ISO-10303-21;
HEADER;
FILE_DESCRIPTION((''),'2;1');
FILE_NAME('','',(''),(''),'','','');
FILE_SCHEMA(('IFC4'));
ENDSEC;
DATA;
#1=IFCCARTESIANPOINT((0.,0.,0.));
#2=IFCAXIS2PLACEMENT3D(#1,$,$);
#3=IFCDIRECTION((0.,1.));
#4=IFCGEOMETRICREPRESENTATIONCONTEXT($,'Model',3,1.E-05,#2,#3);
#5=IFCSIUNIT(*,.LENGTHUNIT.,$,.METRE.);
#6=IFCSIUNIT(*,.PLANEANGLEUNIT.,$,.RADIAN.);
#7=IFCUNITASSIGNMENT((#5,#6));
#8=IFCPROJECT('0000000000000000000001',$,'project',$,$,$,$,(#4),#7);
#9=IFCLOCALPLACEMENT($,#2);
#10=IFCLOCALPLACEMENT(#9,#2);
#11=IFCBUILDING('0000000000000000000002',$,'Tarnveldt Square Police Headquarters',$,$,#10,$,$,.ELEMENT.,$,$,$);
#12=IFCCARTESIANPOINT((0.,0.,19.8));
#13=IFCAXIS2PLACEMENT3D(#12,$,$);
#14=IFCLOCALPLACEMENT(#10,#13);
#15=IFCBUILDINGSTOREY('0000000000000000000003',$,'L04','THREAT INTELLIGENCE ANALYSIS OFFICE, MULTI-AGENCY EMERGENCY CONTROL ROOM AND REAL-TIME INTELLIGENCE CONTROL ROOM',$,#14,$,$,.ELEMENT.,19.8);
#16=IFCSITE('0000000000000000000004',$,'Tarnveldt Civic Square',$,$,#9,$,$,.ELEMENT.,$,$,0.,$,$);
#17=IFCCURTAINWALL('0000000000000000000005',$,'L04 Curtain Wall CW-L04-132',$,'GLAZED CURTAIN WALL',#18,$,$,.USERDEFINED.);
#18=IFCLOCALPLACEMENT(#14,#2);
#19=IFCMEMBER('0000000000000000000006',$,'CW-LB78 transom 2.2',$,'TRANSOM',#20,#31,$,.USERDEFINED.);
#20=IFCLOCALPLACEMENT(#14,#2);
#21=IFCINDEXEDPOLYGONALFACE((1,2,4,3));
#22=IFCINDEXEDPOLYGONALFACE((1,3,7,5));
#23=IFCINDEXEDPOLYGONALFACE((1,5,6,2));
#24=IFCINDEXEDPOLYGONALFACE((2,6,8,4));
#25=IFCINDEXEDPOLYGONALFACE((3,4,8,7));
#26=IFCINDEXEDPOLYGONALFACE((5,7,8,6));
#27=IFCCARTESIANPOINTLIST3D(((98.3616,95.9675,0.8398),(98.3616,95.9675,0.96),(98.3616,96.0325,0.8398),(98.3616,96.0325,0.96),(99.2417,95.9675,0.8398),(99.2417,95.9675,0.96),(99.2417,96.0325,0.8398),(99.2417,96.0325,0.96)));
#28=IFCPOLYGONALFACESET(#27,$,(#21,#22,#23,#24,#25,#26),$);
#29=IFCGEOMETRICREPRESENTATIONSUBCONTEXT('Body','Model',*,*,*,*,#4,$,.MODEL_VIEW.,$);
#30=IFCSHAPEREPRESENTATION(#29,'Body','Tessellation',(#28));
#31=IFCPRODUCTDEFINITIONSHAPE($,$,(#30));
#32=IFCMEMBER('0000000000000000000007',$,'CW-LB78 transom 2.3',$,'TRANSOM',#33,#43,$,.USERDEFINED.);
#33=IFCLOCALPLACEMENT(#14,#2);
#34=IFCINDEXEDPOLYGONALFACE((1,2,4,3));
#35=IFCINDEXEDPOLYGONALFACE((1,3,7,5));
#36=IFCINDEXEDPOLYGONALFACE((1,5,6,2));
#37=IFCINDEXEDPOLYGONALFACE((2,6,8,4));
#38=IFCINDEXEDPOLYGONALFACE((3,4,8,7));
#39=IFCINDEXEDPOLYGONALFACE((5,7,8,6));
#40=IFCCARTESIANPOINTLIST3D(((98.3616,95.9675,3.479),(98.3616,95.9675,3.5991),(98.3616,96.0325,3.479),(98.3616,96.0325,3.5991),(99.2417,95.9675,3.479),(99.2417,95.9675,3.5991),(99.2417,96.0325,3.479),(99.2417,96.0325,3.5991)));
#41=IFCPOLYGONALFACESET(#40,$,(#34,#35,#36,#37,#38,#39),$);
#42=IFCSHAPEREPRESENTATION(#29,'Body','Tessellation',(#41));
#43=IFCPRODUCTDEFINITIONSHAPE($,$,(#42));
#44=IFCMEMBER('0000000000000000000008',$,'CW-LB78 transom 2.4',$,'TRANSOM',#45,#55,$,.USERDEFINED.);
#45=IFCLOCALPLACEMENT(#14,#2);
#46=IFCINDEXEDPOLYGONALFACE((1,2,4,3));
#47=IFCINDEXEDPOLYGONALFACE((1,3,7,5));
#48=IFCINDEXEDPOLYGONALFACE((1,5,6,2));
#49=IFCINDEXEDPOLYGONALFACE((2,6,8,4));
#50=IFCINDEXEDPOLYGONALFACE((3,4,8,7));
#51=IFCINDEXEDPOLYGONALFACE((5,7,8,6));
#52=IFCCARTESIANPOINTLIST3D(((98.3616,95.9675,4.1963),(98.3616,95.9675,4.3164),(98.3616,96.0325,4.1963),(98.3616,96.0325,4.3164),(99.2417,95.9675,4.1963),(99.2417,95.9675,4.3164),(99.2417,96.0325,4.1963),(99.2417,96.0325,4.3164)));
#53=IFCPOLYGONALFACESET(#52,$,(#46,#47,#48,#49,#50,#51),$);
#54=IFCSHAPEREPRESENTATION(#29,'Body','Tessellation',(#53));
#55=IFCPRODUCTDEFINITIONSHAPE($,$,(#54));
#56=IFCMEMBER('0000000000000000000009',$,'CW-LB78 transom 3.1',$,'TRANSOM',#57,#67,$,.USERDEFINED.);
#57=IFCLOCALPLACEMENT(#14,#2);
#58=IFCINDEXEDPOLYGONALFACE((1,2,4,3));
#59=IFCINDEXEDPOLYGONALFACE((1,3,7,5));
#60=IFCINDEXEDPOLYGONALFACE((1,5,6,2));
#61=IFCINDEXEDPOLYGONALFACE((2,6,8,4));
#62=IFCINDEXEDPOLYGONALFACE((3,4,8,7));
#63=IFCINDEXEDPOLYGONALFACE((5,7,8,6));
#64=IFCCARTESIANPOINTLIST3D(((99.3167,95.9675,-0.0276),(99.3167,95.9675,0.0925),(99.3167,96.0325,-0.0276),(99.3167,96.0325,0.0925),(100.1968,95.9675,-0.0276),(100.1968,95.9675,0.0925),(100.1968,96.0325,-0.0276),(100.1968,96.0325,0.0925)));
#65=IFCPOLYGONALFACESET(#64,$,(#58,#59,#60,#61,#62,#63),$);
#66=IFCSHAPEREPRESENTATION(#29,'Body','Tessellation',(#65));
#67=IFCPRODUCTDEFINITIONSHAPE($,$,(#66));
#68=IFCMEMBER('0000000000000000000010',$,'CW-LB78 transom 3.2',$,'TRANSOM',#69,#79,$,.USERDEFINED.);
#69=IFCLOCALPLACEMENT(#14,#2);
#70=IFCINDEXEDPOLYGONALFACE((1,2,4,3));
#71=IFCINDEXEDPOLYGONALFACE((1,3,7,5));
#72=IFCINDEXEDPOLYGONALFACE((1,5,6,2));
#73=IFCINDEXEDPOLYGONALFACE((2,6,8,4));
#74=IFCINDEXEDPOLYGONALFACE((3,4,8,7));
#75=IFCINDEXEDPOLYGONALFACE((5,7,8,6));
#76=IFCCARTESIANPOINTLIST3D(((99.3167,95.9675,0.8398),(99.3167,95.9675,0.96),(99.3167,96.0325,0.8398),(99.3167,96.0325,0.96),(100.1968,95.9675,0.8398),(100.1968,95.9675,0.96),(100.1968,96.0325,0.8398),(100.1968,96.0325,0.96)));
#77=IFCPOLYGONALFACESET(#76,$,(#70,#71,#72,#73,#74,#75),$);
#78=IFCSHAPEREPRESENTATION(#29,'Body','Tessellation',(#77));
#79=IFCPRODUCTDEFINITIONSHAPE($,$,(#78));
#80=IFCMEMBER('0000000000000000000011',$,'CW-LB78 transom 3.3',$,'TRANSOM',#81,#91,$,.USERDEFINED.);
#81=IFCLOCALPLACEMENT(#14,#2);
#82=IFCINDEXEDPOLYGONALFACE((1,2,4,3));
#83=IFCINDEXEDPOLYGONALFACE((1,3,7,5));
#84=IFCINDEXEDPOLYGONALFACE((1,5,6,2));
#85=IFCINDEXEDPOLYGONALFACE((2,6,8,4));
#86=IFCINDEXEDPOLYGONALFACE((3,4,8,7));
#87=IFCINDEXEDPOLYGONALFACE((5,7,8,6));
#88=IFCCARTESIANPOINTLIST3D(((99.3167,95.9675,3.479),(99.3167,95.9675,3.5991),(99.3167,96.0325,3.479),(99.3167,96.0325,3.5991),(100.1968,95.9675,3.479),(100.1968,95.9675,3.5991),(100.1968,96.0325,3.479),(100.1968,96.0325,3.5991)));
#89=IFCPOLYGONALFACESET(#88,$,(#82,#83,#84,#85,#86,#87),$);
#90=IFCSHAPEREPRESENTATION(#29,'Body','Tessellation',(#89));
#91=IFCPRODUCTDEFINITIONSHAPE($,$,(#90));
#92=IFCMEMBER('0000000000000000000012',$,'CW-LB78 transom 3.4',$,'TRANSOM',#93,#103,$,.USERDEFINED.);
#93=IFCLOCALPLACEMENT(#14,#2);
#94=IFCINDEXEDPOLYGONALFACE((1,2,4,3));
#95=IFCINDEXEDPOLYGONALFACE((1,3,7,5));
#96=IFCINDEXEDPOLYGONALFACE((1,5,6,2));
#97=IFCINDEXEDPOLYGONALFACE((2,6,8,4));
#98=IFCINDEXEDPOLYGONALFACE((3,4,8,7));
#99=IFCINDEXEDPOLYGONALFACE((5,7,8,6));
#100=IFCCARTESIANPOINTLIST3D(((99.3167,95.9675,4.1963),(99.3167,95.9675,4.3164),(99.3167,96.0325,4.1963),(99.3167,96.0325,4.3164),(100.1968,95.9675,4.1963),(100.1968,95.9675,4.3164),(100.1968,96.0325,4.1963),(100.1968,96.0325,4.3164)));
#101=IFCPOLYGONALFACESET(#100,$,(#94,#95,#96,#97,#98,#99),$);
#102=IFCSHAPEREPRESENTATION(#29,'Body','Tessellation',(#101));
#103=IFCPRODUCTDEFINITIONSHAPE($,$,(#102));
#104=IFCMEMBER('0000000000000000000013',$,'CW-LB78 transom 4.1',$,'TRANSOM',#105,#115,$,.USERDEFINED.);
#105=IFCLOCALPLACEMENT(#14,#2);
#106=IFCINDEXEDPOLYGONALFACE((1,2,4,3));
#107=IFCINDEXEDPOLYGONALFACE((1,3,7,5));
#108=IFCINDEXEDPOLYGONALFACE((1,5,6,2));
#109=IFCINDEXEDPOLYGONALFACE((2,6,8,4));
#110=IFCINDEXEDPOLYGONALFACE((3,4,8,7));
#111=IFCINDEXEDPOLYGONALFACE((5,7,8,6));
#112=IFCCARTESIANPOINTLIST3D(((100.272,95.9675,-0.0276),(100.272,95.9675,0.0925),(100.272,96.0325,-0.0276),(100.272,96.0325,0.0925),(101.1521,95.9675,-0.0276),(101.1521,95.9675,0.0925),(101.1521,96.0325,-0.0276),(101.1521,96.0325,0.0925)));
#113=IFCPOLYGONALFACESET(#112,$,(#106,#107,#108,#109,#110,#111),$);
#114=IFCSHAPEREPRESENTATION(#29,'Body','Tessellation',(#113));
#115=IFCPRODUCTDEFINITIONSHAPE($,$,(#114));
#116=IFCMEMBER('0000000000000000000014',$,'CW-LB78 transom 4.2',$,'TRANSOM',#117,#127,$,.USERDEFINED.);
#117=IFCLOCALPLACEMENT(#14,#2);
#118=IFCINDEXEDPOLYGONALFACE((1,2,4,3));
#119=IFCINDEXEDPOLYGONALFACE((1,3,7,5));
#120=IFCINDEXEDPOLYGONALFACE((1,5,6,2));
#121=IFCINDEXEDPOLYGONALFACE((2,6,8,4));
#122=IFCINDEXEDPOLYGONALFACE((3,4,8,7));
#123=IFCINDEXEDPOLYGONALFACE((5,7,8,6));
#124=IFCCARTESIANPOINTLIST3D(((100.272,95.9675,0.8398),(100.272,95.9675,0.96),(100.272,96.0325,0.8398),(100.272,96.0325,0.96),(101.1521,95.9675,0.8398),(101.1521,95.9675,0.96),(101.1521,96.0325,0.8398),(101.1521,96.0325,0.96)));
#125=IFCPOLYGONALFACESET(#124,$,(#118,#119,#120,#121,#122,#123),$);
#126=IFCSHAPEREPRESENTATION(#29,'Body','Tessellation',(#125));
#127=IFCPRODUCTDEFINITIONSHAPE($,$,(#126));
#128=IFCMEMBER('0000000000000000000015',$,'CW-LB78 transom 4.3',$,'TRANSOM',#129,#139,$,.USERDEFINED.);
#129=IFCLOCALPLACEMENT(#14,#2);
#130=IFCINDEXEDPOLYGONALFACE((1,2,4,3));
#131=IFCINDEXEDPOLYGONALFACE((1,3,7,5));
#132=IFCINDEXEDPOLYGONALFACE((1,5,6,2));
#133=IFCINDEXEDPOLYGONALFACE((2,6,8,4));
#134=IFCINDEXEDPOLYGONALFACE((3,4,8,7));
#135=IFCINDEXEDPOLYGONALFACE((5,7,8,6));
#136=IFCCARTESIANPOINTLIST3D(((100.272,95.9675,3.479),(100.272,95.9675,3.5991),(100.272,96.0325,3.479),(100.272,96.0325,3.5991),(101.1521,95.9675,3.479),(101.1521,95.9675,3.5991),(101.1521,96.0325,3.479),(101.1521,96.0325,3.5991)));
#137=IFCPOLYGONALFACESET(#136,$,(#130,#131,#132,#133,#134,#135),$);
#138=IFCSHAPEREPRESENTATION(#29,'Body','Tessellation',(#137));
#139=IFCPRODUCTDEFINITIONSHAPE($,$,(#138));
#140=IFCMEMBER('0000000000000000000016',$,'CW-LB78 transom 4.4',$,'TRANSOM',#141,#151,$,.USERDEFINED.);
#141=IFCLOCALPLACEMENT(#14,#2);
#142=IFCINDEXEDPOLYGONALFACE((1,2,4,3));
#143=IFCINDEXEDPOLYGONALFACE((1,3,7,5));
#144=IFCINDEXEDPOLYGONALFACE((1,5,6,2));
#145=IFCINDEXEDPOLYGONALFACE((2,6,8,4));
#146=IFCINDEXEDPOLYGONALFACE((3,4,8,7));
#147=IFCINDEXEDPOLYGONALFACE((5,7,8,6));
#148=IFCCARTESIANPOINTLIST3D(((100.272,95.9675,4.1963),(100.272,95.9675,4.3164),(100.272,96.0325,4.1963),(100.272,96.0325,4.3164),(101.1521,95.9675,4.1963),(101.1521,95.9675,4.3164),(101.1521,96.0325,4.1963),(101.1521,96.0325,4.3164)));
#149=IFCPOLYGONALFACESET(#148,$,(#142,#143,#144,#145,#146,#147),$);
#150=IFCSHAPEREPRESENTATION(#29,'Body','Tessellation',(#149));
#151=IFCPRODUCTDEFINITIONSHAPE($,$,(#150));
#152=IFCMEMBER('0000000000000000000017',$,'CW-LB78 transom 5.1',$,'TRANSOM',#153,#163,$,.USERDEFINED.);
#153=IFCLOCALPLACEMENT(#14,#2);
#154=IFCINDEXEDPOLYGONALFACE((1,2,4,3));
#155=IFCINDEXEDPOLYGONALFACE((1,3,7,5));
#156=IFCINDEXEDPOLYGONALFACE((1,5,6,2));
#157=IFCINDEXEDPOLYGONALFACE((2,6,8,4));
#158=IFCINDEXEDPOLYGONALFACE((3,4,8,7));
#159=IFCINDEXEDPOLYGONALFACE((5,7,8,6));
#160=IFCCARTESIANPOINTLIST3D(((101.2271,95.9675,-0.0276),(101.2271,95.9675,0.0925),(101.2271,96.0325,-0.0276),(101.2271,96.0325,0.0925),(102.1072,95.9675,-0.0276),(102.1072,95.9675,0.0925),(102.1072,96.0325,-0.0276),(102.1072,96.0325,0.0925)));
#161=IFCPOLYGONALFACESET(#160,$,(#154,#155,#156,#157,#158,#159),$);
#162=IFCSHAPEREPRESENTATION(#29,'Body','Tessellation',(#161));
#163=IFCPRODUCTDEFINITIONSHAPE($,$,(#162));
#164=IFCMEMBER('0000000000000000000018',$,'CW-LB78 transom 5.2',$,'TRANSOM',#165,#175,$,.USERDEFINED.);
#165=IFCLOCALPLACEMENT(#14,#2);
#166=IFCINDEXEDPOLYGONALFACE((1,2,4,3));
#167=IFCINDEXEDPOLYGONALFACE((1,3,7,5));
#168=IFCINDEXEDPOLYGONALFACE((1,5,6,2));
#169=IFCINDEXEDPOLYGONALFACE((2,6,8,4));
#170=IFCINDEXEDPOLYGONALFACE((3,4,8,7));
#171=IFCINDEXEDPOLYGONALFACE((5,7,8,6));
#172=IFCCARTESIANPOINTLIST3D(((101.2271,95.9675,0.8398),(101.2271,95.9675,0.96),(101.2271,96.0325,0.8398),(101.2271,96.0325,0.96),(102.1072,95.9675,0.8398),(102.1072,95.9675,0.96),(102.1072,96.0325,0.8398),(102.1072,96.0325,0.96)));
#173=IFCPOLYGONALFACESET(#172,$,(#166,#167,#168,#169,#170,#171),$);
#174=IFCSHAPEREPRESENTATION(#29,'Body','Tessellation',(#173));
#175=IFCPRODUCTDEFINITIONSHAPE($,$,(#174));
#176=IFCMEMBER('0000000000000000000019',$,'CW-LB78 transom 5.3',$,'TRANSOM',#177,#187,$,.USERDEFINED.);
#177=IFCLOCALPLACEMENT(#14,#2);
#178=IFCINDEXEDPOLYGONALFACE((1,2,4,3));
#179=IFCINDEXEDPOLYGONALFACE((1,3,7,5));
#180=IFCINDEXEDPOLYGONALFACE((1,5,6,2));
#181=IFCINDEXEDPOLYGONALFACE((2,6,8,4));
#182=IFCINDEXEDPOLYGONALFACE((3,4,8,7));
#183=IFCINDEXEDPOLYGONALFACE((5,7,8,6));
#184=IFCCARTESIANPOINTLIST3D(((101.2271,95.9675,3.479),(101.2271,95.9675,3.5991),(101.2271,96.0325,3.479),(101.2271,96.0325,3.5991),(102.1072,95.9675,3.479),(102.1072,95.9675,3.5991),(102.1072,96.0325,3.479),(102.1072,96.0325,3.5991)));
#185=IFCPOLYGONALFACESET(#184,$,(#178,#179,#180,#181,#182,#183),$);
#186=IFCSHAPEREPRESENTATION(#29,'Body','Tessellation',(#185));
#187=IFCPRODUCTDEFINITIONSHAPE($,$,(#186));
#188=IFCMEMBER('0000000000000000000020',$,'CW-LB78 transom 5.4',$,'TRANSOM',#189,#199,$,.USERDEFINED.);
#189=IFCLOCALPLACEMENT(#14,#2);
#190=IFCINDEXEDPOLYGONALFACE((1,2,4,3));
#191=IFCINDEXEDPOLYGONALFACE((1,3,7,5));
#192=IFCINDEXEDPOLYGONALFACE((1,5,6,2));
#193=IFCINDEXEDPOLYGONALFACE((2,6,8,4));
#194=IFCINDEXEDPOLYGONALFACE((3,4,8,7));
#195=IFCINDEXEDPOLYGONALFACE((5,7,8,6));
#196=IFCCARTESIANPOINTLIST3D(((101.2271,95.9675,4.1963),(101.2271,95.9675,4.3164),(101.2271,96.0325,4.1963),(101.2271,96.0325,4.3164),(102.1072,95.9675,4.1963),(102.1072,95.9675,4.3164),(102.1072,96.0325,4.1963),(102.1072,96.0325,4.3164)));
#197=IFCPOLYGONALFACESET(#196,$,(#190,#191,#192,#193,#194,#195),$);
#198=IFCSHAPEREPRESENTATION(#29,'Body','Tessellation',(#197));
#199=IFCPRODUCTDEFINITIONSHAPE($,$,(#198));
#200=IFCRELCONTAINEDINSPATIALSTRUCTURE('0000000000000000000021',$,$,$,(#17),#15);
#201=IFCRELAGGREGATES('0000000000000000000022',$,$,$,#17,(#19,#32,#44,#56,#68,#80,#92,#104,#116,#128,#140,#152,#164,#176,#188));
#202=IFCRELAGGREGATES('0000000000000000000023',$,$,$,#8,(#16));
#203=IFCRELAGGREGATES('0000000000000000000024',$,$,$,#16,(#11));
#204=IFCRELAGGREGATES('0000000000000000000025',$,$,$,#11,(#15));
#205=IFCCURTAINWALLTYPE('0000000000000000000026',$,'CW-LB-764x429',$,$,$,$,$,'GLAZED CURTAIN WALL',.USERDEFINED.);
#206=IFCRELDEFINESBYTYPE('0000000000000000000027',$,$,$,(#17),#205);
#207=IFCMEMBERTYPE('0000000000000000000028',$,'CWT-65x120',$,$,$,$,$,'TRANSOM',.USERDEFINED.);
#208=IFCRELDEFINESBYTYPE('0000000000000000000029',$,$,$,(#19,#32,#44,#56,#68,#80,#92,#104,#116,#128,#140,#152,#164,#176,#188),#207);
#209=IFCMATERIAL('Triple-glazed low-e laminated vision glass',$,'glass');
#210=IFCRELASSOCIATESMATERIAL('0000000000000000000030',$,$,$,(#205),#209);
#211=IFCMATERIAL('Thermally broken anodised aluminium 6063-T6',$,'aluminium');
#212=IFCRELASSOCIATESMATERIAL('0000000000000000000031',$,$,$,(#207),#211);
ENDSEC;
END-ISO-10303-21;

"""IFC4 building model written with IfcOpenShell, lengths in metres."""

from ifc_helpers import new_model, si_unit, direction, frame, origin, origin_2d, place, context, subcontext, project, spatial, rectangle, extrude, material, material_profile, profile_set, type_object, element, aggregate, save


model = new_model("IFC4")

# Units and contexts
model_context = context("Model", 3, precision=1e-05, world=origin(), true_north=direction((0.0, 1.0)))
body_context = subcontext(model_context, "Body", "Model", "MODEL_VIEW")
ifc_project = project(units=[si_unit("LENGTHUNIT", "METRE"), si_unit("PLANEANGLEUNIT", "RADIAN")], contexts=[model_context])

# Site, building, storey
site_placement = place(None, origin())
site = spatial("IfcSite", under=ifc_project, at=site_placement, Name="Tarnveldt Civic Square", CompositionType="ELEMENT", RefElevation=0.0)
building_placement = place(site_placement, origin())
building = spatial("IfcBuilding", under=site, at=building_placement, Name="Tarnveldt Square Police Headquarters", CompositionType="ELEMENT")
storey_placement = place(building_placement, frame((0.0, 0.0, 19.8)))
storey = spatial("IfcBuildingStorey", under=building, at=storey_placement, Name="L04", Description="THREAT INTELLIGENCE ANALYSIS OFFICE, MULTI-AGENCY EMERGENCY CONTROL ROOM AND REAL-TIME INTELLIGENCE CONTROL ROOM", CompositionType="ELEMENT", Elevation=19.8)

# Curtain wall, members
ifc_material_1 = material(Name="Triple-glazed low-e laminated vision glass", Category="glass")
curtain_wall_type = type_object("IfcCurtainWallType", Name="CW-LB-764x429", ElementType="GLAZED CURTAIN WALL", PredefinedType="USERDEFINED", material=ifc_material_1)
curtain_wall_placement = place(storey_placement, origin())
curtain_wall = element("IfcCurtainWall", 1, at=curtain_wall_placement, inside=storey, type_object=curtain_wall_type, Name="L04 Curtain Wall CW-L04-132", ObjectType="GLAZED CURTAIN WALL", PredefinedType="USERDEFINED")
ifc_material_2 = material(Name="Thermally broken anodised aluminium 6063-T6", Category="aluminium")
ifc_material_profile_1 = material_profile(ifc_material_2, rectangle(XDim=0.0649, YDim=0.1201, at=origin_2d()), Name="CW-T65x120")
ifc_profile_set_1 = profile_set([ifc_material_profile_1], Name="Thermally broken anodised aluminium 6063-T6")
member_type_1 = type_object("IfcMemberType", Name="CWT-65x120", ElementType="TRANSOM", PredefinedType="USERDEFINED", material=ifc_profile_set_1)
member_1_placement = place(storey_placement, frame((98.3616, 96.0, 0.8999), z_axis=(1.0, 0.0, 0.0), x_axis=(0.0, 1.0, 0.0)))
member_1 = element("IfcMember", 2, at=member_1_placement, type_object=member_type_1, Name="CW-LB78 transom 2.2", ObjectType="TRANSOM", PredefinedType="USERDEFINED", context=body_context, shape_type="SweptSolid", body=[
    extrude(rectangle(XDim=0.0649, YDim=0.1201, at=origin_2d()), origin(), (0.0, 0.0, 1.0), 0.8801),
])
member_2_placement = place(storey_placement, frame((98.3616, 96.0, 3.5391), z_axis=(1.0, 0.0, 0.0), x_axis=(0.0, 1.0, 0.0)))
member_2 = element("IfcMember", 3, at=member_2_placement, type_object=member_type_1, Name="CW-LB78 transom 2.3", ObjectType="TRANSOM", PredefinedType="USERDEFINED", context=body_context, shape_type="SweptSolid", body=[
    extrude(rectangle(XDim=0.0649, YDim=0.1201, at=origin_2d()), origin(), (0.0, 0.0, 1.0), 0.8801),
])
member_3_placement = place(storey_placement, frame((98.3616, 96.0, 4.2563), z_axis=(1.0, 0.0, 0.0), x_axis=(0.0, 1.0, 0.0)))
member_3 = element("IfcMember", 4, at=member_3_placement, type_object=member_type_1, Name="CW-LB78 transom 2.4", ObjectType="TRANSOM", PredefinedType="USERDEFINED", context=body_context, shape_type="SweptSolid", body=[
    extrude(rectangle(XDim=0.0649, YDim=0.1201, at=origin_2d()), origin(), (0.0, 0.0, 1.0), 0.8801),
])
member_4_placement = place(storey_placement, frame((99.3167, 96.0, 0.0325), z_axis=(1.0, 0.0, 0.0), x_axis=(0.0, 1.0, 0.0)))
member_4 = element("IfcMember", 5, at=member_4_placement, type_object=member_type_1, Name="CW-LB78 transom 3.1", ObjectType="TRANSOM", PredefinedType="USERDEFINED", context=body_context, shape_type="SweptSolid", body=[
    extrude(rectangle(XDim=0.0649, YDim=0.1201, at=origin_2d()), origin(), (0.0, 0.0, 1.0), 0.8801),
])
member_5_placement = place(storey_placement, frame((99.3167, 96.0, 0.8999), z_axis=(1.0, 0.0, 0.0), x_axis=(0.0, 1.0, 0.0)))
member_5 = element("IfcMember", 6, at=member_5_placement, type_object=member_type_1, Name="CW-LB78 transom 3.2", ObjectType="TRANSOM", PredefinedType="USERDEFINED", context=body_context, shape_type="SweptSolid", body=[
    extrude(rectangle(XDim=0.0649, YDim=0.1201, at=origin_2d()), origin(), (0.0, 0.0, 1.0), 0.8801),
])
member_6_placement = place(storey_placement, frame((99.3167, 96.0, 3.5391), z_axis=(1.0, 0.0, 0.0), x_axis=(0.0, 1.0, 0.0)))
member_6 = element("IfcMember", 7, at=member_6_placement, type_object=member_type_1, Name="CW-LB78 transom 3.3", ObjectType="TRANSOM", PredefinedType="USERDEFINED", context=body_context, shape_type="SweptSolid", body=[
    extrude(rectangle(XDim=0.0649, YDim=0.1201, at=origin_2d()), origin(), (0.0, 0.0, 1.0), 0.8801),
])
member_7_placement = place(storey_placement, frame((99.3167, 96.0, 4.2563), z_axis=(1.0, 0.0, 0.0), x_axis=(0.0, 1.0, 0.0)))
member_7 = element("IfcMember", 8, at=member_7_placement, type_object=member_type_1, Name="CW-LB78 transom 3.4", ObjectType="TRANSOM", PredefinedType="USERDEFINED", context=body_context, shape_type="SweptSolid", body=[
    extrude(rectangle(XDim=0.0649, YDim=0.1201, at=origin_2d()), origin(), (0.0, 0.0, 1.0), 0.8801),
])
member_8_placement = place(storey_placement, frame((100.272, 96.0, 0.0325), z_axis=(1.0, 0.0, 0.0), x_axis=(0.0, 1.0, 0.0)))
member_8 = element("IfcMember", 9, at=member_8_placement, type_object=member_type_1, Name="CW-LB78 transom 4.1", ObjectType="TRANSOM", PredefinedType="USERDEFINED", context=body_context, shape_type="SweptSolid", body=[
    extrude(rectangle(XDim=0.0649, YDim=0.1201, at=origin_2d()), origin(), (0.0, 0.0, 1.0), 0.8801),
])
member_9_placement = place(storey_placement, frame((100.272, 96.0, 0.8999), z_axis=(1.0, 0.0, 0.0), x_axis=(0.0, 1.0, 0.0)))
member_9 = element("IfcMember", 10, at=member_9_placement, type_object=member_type_1, Name="CW-LB78 transom 4.2", ObjectType="TRANSOM", PredefinedType="USERDEFINED", context=body_context, shape_type="SweptSolid", body=[
    extrude(rectangle(XDim=0.0649, YDim=0.1201, at=origin_2d()), origin(), (0.0, 0.0, 1.0), 0.8801),
])
member_10_placement = place(storey_placement, frame((100.272, 96.0, 3.5391), z_axis=(1.0, 0.0, 0.0), x_axis=(0.0, 1.0, 0.0)))
member_10 = element("IfcMember", 11, at=member_10_placement, type_object=member_type_1, Name="CW-LB78 transom 4.3", ObjectType="TRANSOM", PredefinedType="USERDEFINED", context=body_context, shape_type="SweptSolid", body=[
    extrude(rectangle(XDim=0.0649, YDim=0.1201, at=origin_2d()), origin(), (0.0, 0.0, 1.0), 0.8801),
])
member_11_placement = place(storey_placement, frame((100.272, 96.0, 4.2563), z_axis=(1.0, 0.0, 0.0), x_axis=(0.0, 1.0, 0.0)))
member_11 = element("IfcMember", 12, at=member_11_placement, type_object=member_type_1, Name="CW-LB78 transom 4.4", ObjectType="TRANSOM", PredefinedType="USERDEFINED", context=body_context, shape_type="SweptSolid", body=[
    extrude(rectangle(XDim=0.0649, YDim=0.1201, at=origin_2d()), origin(), (0.0, 0.0, 1.0), 0.8801),
])
member_12_placement = place(storey_placement, frame((101.2271, 96.0, 0.0325), z_axis=(1.0, 0.0, 0.0), x_axis=(0.0, 1.0, 0.0)))
member_12 = element("IfcMember", 13, at=member_12_placement, type_object=member_type_1, Name="CW-LB78 transom 5.1", ObjectType="TRANSOM", PredefinedType="USERDEFINED", context=body_context, shape_type="SweptSolid", body=[
    extrude(rectangle(XDim=0.0649, YDim=0.1201, at=origin_2d()), origin(), (0.0, 0.0, 1.0), 0.8801),
])
member_13_placement = place(storey_placement, frame((101.2271, 96.0, 0.8999), z_axis=(1.0, 0.0, 0.0), x_axis=(0.0, 1.0, 0.0)))
member_13 = element("IfcMember", 14, at=member_13_placement, type_object=member_type_1, Name="CW-LB78 transom 5.2", ObjectType="TRANSOM", PredefinedType="USERDEFINED", context=body_context, shape_type="SweptSolid", body=[
    extrude(rectangle(XDim=0.0649, YDim=0.1201, at=origin_2d()), origin(), (0.0, 0.0, 1.0), 0.8801),
])
member_14_placement = place(storey_placement, frame((101.2271, 96.0, 3.5391), z_axis=(1.0, 0.0, 0.0), x_axis=(0.0, 1.0, 0.0)))
member_14 = element("IfcMember", 15, at=member_14_placement, type_object=member_type_1, Name="CW-LB78 transom 5.3", ObjectType="TRANSOM", PredefinedType="USERDEFINED", context=body_context, shape_type="SweptSolid", body=[
    extrude(rectangle(XDim=0.0649, YDim=0.1201, at=origin_2d()), origin(), (0.0, 0.0, 1.0), 0.8801),
])
member_15_placement = place(storey_placement, frame((101.2271, 96.0, 4.2563), z_axis=(1.0, 0.0, 0.0), x_axis=(0.0, 1.0, 0.0)))
member_15 = element("IfcMember", 16, at=member_15_placement, type_object=member_type_1, Name="CW-LB78 transom 5.4", ObjectType="TRANSOM", PredefinedType="USERDEFINED", context=body_context, shape_type="SweptSolid", body=[
    extrude(rectangle(XDim=0.0649, YDim=0.1201, at=origin_2d()), origin(), (0.0, 0.0, 1.0), 0.8801),
])
aggregate(curtain_wall, [member_1, member_2, member_3, member_4, member_5, member_6, member_7, member_8, member_9, member_10, member_11, member_12, member_13, member_14, member_15])

save(model, "model.ifc")
